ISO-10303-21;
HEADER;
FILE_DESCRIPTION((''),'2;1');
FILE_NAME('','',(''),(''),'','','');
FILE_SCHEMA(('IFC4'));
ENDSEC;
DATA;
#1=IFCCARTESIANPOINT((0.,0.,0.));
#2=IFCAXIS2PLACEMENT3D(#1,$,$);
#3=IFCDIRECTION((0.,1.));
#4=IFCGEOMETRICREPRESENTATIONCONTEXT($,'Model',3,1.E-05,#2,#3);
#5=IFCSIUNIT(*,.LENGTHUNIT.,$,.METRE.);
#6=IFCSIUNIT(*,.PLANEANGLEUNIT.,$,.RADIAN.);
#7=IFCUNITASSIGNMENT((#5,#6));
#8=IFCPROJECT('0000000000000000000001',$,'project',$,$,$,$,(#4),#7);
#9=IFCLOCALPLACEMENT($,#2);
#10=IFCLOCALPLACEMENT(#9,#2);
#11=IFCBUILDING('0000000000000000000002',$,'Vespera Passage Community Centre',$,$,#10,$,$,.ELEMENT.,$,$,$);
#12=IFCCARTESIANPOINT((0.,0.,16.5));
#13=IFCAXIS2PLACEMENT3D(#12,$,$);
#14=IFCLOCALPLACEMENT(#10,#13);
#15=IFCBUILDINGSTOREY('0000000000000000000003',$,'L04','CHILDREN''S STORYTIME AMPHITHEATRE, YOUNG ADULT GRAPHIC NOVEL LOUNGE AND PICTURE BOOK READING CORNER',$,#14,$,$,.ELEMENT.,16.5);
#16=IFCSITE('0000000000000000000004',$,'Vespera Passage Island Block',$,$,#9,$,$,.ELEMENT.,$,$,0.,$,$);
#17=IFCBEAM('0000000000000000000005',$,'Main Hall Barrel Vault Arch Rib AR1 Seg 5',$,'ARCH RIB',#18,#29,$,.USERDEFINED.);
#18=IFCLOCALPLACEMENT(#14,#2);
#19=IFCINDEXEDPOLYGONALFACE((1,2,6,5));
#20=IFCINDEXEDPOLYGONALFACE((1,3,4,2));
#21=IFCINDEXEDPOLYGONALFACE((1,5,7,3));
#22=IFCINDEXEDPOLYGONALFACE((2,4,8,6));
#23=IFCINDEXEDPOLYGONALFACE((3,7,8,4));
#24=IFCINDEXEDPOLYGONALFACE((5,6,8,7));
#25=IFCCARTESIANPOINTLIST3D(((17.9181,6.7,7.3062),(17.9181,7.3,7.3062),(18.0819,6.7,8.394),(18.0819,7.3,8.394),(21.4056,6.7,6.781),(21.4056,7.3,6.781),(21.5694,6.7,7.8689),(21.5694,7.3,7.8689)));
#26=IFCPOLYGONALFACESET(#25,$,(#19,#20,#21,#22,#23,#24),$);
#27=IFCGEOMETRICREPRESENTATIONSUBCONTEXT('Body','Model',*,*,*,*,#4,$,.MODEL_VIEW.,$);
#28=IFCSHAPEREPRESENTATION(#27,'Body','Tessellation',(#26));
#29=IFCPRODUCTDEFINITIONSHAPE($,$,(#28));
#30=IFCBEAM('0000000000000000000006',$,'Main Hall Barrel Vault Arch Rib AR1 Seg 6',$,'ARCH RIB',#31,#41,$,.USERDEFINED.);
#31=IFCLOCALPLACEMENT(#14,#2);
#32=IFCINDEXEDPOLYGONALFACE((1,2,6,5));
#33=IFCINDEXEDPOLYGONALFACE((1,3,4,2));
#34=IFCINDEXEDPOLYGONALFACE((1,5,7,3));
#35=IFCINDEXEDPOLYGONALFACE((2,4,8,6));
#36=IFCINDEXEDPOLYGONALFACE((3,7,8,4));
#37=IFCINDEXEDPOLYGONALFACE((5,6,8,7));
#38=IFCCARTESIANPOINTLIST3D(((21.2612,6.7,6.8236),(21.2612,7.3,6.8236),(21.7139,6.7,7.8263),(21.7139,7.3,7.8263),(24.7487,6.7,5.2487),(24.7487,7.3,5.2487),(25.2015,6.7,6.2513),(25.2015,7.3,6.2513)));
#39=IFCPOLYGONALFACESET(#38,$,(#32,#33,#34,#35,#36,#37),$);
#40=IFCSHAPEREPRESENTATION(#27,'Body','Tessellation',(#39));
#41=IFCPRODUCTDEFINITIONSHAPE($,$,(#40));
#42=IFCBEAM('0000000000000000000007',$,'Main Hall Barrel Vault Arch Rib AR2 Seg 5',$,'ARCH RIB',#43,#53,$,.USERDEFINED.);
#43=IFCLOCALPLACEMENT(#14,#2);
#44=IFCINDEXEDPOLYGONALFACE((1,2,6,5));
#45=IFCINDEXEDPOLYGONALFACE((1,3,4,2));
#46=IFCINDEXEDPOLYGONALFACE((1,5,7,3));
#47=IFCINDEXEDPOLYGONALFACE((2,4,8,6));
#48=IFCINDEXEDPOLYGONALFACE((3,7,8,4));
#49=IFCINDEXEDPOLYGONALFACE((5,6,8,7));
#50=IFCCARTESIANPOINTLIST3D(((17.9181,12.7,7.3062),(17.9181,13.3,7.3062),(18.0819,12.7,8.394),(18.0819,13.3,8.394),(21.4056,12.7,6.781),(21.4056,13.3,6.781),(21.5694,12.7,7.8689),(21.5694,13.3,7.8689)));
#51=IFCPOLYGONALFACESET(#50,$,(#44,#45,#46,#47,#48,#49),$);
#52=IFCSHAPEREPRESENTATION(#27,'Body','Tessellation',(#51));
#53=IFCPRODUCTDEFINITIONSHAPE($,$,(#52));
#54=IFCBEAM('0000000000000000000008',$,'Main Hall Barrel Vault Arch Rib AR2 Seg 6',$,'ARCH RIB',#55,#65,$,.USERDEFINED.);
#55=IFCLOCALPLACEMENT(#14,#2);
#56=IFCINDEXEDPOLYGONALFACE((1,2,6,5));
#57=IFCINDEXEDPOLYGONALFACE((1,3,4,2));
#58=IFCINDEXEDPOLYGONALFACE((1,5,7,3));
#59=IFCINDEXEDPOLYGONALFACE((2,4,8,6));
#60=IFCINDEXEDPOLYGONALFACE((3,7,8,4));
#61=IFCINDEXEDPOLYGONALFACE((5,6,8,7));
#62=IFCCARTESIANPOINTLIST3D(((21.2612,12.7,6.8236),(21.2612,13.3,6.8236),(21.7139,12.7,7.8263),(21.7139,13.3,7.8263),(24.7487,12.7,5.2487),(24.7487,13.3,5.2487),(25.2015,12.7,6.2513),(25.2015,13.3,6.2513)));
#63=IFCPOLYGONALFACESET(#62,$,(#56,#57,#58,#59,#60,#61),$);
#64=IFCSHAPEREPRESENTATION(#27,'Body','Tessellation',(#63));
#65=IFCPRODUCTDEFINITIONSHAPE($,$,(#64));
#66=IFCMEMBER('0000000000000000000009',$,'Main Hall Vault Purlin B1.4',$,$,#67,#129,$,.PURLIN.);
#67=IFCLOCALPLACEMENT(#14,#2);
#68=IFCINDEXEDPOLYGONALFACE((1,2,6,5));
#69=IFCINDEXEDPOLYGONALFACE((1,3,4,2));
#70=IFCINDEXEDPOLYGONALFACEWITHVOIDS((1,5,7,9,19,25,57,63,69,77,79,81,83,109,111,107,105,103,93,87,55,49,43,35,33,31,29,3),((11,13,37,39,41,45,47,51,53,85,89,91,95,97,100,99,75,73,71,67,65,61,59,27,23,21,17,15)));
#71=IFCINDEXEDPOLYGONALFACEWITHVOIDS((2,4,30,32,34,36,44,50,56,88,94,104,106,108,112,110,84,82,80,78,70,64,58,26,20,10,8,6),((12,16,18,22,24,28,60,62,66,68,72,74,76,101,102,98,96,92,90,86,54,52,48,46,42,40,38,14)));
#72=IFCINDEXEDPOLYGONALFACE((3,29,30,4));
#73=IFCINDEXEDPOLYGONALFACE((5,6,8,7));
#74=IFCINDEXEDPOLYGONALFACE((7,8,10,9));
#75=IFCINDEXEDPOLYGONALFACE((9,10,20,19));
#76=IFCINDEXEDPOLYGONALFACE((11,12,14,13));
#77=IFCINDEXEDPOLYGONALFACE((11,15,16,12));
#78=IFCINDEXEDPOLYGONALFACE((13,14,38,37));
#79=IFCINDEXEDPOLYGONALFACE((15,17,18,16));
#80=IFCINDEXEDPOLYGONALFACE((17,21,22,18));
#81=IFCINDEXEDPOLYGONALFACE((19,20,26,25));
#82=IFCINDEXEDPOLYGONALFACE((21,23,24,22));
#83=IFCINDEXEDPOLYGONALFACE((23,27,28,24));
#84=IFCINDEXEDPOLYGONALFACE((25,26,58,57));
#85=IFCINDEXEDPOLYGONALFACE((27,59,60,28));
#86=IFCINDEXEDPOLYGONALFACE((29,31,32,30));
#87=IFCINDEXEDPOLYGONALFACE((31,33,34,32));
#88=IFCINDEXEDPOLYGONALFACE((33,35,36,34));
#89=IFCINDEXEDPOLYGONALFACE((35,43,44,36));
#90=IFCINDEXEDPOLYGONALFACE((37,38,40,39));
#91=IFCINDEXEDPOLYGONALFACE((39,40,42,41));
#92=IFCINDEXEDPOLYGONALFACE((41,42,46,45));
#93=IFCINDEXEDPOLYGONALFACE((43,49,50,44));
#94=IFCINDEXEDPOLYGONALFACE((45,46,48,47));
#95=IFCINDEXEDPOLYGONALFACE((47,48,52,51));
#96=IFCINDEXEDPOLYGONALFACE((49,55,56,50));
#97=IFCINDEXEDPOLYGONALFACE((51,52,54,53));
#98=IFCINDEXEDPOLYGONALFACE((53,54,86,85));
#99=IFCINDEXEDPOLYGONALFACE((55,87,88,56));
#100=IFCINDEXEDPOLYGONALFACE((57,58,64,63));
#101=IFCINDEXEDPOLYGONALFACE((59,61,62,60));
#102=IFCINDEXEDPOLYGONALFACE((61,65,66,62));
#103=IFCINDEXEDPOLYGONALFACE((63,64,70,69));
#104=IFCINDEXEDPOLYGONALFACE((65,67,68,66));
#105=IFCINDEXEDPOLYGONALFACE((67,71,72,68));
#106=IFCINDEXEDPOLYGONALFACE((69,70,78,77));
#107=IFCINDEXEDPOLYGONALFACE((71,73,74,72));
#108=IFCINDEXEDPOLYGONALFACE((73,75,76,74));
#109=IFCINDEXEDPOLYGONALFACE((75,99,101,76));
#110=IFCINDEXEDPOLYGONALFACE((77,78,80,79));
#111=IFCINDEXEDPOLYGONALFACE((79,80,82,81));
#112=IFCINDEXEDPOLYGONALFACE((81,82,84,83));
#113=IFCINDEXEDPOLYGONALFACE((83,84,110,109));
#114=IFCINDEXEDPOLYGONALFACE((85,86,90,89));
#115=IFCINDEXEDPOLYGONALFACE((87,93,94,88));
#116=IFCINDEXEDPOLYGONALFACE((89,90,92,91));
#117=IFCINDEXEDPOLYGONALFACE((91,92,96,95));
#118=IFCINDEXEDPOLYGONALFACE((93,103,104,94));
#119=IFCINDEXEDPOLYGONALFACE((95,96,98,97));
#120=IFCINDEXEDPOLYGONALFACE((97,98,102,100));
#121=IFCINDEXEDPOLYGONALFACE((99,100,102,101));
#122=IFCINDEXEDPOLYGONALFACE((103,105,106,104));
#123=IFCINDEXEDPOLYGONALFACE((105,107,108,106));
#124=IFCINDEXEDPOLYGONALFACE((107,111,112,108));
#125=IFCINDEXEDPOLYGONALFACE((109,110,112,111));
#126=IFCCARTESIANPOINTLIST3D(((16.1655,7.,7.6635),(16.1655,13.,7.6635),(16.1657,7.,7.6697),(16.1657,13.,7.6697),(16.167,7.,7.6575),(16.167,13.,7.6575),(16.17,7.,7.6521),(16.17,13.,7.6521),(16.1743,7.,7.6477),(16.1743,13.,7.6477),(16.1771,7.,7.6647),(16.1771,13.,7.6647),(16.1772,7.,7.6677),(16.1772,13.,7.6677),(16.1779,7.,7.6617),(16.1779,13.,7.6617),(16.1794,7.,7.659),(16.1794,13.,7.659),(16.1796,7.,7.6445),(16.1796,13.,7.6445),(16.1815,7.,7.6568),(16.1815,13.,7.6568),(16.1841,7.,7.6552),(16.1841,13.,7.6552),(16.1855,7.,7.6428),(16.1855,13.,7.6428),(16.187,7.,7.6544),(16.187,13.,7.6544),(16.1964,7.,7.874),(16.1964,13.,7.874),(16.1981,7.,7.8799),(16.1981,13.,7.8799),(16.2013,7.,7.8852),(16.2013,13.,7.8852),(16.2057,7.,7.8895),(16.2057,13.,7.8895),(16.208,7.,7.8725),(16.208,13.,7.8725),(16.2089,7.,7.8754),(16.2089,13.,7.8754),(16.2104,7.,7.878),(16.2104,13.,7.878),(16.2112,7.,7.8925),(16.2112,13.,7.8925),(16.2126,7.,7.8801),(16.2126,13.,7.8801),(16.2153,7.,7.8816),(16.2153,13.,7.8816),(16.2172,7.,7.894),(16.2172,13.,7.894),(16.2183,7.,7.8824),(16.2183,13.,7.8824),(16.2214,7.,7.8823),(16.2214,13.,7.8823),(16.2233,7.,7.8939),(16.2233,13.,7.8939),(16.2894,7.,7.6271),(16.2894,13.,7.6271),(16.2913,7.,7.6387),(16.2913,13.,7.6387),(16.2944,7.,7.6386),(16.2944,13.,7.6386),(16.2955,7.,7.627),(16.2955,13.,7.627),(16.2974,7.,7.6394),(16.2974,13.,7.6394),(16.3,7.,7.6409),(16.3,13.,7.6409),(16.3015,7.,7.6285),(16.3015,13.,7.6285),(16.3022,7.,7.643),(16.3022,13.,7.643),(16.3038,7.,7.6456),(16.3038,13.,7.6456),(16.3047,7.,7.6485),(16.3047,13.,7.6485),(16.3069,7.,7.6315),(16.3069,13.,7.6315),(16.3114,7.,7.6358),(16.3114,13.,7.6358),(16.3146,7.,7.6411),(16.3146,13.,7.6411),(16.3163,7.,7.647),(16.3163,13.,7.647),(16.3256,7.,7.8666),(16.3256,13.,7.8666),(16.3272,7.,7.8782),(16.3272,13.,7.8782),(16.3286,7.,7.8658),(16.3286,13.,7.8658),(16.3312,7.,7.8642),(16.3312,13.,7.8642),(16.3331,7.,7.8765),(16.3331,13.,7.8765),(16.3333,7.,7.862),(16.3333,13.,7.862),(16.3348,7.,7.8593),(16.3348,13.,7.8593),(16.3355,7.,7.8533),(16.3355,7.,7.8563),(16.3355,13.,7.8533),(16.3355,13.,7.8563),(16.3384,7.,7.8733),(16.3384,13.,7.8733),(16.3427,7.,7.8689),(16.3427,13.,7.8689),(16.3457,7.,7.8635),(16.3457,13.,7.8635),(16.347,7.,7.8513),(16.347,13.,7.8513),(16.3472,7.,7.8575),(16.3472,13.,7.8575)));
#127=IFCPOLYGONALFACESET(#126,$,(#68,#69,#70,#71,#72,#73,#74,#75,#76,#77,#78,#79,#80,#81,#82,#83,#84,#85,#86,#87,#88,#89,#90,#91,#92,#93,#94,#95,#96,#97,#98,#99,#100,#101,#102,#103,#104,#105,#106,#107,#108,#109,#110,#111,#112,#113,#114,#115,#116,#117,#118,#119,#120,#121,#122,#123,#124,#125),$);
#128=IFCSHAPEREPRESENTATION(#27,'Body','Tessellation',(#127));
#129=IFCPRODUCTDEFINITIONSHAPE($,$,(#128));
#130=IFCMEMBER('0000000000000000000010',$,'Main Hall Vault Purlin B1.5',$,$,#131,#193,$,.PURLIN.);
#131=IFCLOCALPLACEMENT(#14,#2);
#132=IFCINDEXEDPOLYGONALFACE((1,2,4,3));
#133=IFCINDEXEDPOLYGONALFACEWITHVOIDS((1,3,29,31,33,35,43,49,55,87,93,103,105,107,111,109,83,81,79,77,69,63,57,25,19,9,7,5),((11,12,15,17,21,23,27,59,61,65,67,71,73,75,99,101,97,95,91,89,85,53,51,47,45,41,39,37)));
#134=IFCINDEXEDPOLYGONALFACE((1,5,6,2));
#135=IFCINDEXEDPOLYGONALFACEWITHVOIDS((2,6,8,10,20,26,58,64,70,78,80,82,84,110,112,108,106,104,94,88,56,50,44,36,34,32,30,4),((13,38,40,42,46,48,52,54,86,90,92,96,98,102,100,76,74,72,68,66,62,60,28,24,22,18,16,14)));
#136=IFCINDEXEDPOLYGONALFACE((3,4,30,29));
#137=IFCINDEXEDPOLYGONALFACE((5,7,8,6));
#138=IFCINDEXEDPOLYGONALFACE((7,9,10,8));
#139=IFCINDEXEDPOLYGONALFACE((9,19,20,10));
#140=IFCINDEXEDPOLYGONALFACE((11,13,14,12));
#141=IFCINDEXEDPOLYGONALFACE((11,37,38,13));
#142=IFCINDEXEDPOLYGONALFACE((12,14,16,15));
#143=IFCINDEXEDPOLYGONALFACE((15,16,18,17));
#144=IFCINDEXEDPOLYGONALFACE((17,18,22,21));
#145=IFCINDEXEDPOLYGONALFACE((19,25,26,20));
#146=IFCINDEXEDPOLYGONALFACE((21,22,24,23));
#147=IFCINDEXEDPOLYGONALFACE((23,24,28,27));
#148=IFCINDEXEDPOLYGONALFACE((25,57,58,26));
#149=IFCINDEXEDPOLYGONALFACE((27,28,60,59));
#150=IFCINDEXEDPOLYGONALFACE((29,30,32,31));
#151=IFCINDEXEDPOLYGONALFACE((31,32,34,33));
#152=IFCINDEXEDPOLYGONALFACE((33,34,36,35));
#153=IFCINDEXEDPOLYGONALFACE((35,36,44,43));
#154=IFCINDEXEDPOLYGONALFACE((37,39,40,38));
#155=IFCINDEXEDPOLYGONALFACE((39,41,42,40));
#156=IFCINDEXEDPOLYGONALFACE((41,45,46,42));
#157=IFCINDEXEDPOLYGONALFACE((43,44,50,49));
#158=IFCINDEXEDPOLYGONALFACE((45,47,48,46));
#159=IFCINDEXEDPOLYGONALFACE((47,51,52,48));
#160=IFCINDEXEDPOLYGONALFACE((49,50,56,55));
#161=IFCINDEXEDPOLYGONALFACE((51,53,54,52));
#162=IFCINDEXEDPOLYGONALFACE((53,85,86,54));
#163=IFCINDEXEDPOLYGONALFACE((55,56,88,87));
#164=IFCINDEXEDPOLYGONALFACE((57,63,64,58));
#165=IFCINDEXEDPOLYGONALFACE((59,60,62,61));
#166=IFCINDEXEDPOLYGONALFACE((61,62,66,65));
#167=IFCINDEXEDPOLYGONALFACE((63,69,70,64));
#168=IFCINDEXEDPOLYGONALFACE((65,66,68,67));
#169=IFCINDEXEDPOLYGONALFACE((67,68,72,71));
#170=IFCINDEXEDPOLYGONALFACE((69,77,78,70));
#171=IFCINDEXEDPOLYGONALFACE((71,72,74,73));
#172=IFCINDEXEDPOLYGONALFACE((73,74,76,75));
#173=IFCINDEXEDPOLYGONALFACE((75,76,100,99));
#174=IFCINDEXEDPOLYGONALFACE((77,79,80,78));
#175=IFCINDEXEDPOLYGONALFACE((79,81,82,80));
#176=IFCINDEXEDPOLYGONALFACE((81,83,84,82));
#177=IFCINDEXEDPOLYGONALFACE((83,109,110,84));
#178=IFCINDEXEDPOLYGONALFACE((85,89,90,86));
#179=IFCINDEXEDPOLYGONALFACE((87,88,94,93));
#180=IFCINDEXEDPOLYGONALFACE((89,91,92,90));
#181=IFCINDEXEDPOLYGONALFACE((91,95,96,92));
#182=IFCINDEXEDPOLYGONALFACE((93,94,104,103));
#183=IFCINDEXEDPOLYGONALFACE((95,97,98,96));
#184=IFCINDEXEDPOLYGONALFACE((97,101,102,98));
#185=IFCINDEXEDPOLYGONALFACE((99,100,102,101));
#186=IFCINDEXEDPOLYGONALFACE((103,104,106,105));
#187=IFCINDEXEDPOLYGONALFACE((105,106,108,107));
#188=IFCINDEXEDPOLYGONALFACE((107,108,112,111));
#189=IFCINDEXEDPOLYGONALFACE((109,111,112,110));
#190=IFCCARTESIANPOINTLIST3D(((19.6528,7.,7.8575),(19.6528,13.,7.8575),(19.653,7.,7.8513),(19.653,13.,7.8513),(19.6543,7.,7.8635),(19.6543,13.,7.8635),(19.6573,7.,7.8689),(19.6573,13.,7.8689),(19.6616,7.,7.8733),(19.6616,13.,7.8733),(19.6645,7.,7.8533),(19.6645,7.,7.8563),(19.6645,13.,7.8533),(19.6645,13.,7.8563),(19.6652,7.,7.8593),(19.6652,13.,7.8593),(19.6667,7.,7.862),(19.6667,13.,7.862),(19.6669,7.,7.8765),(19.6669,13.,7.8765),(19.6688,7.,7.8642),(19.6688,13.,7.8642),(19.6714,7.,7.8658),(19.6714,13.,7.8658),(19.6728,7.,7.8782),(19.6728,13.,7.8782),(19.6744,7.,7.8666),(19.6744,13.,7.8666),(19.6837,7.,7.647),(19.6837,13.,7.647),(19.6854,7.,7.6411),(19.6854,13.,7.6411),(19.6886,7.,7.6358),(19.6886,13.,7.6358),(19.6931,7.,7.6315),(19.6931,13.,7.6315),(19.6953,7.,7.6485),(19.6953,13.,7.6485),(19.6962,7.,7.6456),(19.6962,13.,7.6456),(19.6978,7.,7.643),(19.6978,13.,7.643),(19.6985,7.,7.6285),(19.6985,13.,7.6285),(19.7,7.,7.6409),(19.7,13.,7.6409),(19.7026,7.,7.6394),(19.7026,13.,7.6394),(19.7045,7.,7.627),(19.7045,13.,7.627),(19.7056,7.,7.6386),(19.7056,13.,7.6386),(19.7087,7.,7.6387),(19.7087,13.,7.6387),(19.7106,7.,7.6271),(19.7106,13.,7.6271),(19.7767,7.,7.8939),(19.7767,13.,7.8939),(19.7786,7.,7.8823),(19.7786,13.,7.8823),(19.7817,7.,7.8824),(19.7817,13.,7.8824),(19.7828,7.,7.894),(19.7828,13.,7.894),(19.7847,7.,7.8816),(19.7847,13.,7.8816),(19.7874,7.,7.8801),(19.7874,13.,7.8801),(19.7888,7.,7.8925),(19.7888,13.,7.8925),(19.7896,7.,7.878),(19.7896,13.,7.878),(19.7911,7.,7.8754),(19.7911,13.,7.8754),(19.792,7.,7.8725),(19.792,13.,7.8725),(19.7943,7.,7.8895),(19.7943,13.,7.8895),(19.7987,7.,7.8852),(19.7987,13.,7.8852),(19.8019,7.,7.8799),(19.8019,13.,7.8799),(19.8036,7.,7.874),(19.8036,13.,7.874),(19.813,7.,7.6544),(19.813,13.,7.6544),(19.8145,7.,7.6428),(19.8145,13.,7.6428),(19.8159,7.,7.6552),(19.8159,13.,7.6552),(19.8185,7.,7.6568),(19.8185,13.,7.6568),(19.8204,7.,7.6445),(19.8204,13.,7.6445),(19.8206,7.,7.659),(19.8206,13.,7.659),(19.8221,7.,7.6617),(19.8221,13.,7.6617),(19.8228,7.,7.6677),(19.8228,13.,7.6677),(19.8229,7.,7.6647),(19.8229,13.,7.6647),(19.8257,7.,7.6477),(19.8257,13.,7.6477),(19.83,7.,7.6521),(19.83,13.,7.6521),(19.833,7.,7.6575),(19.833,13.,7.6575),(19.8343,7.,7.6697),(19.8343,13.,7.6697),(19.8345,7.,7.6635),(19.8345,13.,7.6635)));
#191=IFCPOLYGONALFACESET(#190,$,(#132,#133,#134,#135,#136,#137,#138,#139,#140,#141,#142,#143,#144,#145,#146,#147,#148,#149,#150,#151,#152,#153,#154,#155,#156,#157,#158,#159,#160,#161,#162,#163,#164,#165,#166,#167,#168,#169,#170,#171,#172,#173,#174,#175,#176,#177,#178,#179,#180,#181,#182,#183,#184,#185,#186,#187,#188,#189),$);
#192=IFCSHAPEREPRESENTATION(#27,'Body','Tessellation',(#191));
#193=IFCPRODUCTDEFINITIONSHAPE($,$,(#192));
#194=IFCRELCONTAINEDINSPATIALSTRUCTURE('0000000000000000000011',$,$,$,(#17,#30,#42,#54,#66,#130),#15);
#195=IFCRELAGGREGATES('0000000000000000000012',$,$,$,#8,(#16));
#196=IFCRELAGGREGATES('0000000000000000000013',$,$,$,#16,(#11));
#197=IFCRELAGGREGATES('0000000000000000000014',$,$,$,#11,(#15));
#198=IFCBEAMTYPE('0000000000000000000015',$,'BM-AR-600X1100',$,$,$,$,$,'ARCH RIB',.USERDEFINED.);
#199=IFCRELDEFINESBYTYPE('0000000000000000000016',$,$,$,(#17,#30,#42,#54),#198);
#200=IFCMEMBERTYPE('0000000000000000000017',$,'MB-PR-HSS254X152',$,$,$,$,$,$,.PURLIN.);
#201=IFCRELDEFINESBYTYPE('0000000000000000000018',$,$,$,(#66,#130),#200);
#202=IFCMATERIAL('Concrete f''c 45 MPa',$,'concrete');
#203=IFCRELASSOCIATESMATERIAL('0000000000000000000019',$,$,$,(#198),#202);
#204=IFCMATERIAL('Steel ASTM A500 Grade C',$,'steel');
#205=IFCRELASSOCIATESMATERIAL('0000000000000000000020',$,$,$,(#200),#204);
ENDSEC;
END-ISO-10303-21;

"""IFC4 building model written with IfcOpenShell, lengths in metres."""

from ifc_helpers import new_model, si_unit, direction, frame, origin, origin_2d, place, context, subcontext, project, spatial, rectangle, hollow_rectangle, extrude, material, material_profile, profile_set, type_object, element, save


model = new_model("IFC4")

# Units and contexts
model_context = context("Model", 3, precision=1e-05, world=origin(), true_north=direction((0.0, 1.0)))
body_context = subcontext(model_context, "Body", "Model", "MODEL_VIEW")
ifc_project = project(units=[si_unit("LENGTHUNIT", "METRE"), si_unit("PLANEANGLEUNIT", "RADIAN")], contexts=[model_context])

# Site, building, storey
site_placement = place(None, origin())
site = spatial("IfcSite", under=ifc_project, at=site_placement, Name="Vespera Passage Island Block", CompositionType="ELEMENT", RefElevation=0.0)
building_placement = place(site_placement, origin())
building = spatial("IfcBuilding", under=site, at=building_placement, Name="Vespera Passage Community Centre", CompositionType="ELEMENT")
storey_placement = place(building_placement, frame((0.0, 0.0, 16.5)))
storey = spatial("IfcBuildingStorey", under=building, at=storey_placement, Name="L04", Description="CHILDREN'S STORYTIME AMPHITHEATRE, YOUNG ADULT GRAPHIC NOVEL LOUNGE AND PICTURE BOOK READING CORNER", CompositionType="ELEMENT", Elevation=16.5)

# Beams
ifc_material_1 = material(Name="Concrete f'c 45 MPa", Category="concrete")
ifc_material_profile_1 = material_profile(ifc_material_1, rectangle(XDim=0.6001, YDim=1.1001, at=origin_2d()), Name="RC600X1100")
ifc_profile_set_1 = profile_set([ifc_material_profile_1], Name="Concrete f'c 45 MPa")
beam_type = type_object("IfcBeamType", Name="BM-AR-600X1100", ElementType="ARCH RIB", PredefinedType="USERDEFINED", material=ifc_profile_set_1)
beam_1_placement = place(storey_placement, frame((18.0, 7.0, 7.8501), z_axis=(0.988852, 0.0, -0.148899), x_axis=(0.0, 1.0, 0.0)))
element("IfcBeam", 1, at=beam_1_placement, inside=storey, type_object=beam_type, Name="Main Hall Barrel Vault Arch Rib AR1 Seg 5", ObjectType="ARCH RIB", PredefinedType="USERDEFINED", context=body_context, shape_type="SweptSolid", body=[
    extrude(rectangle(XDim=0.6001, YDim=1.1001, at=origin_2d()), origin(), (0.0, 0.0, 1.0), 3.5269),
])
beam_2_placement = place(storey_placement, frame((21.4875, 7.0, 7.325), z_axis=(0.911378, 0.0, -0.411571), x_axis=(0.0, 1.0, 0.0)))
element("IfcBeam", 2, at=beam_2_placement, inside=storey, type_object=beam_type, Name="Main Hall Barrel Vault Arch Rib AR1 Seg 6", ObjectType="ARCH RIB", PredefinedType="USERDEFINED", context=body_context, shape_type="SweptSolid", body=[
    extrude(rectangle(XDim=0.6001, YDim=1.1001, at=origin_2d()), origin(), (0.0, 0.0, 1.0), 3.8267),
])
beam_3_placement = place(storey_placement, frame((18.0, 13.0, 7.8501), z_axis=(0.988852, 0.0, -0.148899), x_axis=(0.0, 1.0, 0.0)))
element("IfcBeam", 3, at=beam_3_placement, inside=storey, type_object=beam_type, Name="Main Hall Barrel Vault Arch Rib AR2 Seg 5", ObjectType="ARCH RIB", PredefinedType="USERDEFINED", context=body_context, shape_type="SweptSolid", body=[
    extrude(rectangle(XDim=0.6001, YDim=1.1001, at=origin_2d()), origin(), (0.0, 0.0, 1.0), 3.5269),
])
beam_4_placement = place(storey_placement, frame((21.4875, 13.0, 7.325), z_axis=(0.911378, 0.0, -0.411571), x_axis=(0.0, 1.0, 0.0)))
element("IfcBeam", 4, at=beam_4_placement, inside=storey, type_object=beam_type, Name="Main Hall Barrel Vault Arch Rib AR2 Seg 6", ObjectType="ARCH RIB", PredefinedType="USERDEFINED", context=body_context, shape_type="SweptSolid", body=[
    extrude(rectangle(XDim=0.6001, YDim=1.1001, at=origin_2d()), origin(), (0.0, 0.0, 1.0), 3.8267),
])

# Members
ifc_material_2 = material(Name="Steel ASTM A500 Grade C", Category="steel")
ifc_material_profile_2 = material_profile(ifc_material_2, hollow_rectangle(XDim=0.1523, YDim=0.2539, WallThickness=0.0117, InnerFilletRadius=0.0117, OuterFilletRadius=0.0237, at=origin_2d()), Name="HSS254X152X12.7")
ifc_profile_set_2 = profile_set([ifc_material_profile_2], Name="Steel ASTM A500 Grade C")
member_type_1 = type_object("IfcMemberType", Name="MB-PR-HSS254X152", PredefinedType="PURLIN", material=ifc_profile_set_2)
for number, where, z_axis, x_axis, name in (
    (5, (16.2563, 7.0, 7.7605), (0.0, 1.0, 0.0), (-0.988858, 0.0, 0.148862), "Main Hall Vault Purlin B1.4"),
    (6, (19.7437, 7.0, 7.7605), (0.0, 1.0, 0.0), (-0.988858, 0.0, -0.148862), "Main Hall Vault Purlin B1.5"),
):
    element("IfcMember", number, at=place(storey_placement, frame(where, z_axis=z_axis, x_axis=x_axis)), inside=storey, type_object=member_type_1, Name=name, PredefinedType="PURLIN", context=body_context, shape_type="SweptSolid", body=[
        extrude(hollow_rectangle(XDim=0.1523, YDim=0.2539, WallThickness=0.0117, InnerFilletRadius=0.0117, OuterFilletRadius=0.0237, at=origin_2d()), origin(), (0.0, 0.0, 1.0), 6.0),
    ])

save(model, "model.ifc")
